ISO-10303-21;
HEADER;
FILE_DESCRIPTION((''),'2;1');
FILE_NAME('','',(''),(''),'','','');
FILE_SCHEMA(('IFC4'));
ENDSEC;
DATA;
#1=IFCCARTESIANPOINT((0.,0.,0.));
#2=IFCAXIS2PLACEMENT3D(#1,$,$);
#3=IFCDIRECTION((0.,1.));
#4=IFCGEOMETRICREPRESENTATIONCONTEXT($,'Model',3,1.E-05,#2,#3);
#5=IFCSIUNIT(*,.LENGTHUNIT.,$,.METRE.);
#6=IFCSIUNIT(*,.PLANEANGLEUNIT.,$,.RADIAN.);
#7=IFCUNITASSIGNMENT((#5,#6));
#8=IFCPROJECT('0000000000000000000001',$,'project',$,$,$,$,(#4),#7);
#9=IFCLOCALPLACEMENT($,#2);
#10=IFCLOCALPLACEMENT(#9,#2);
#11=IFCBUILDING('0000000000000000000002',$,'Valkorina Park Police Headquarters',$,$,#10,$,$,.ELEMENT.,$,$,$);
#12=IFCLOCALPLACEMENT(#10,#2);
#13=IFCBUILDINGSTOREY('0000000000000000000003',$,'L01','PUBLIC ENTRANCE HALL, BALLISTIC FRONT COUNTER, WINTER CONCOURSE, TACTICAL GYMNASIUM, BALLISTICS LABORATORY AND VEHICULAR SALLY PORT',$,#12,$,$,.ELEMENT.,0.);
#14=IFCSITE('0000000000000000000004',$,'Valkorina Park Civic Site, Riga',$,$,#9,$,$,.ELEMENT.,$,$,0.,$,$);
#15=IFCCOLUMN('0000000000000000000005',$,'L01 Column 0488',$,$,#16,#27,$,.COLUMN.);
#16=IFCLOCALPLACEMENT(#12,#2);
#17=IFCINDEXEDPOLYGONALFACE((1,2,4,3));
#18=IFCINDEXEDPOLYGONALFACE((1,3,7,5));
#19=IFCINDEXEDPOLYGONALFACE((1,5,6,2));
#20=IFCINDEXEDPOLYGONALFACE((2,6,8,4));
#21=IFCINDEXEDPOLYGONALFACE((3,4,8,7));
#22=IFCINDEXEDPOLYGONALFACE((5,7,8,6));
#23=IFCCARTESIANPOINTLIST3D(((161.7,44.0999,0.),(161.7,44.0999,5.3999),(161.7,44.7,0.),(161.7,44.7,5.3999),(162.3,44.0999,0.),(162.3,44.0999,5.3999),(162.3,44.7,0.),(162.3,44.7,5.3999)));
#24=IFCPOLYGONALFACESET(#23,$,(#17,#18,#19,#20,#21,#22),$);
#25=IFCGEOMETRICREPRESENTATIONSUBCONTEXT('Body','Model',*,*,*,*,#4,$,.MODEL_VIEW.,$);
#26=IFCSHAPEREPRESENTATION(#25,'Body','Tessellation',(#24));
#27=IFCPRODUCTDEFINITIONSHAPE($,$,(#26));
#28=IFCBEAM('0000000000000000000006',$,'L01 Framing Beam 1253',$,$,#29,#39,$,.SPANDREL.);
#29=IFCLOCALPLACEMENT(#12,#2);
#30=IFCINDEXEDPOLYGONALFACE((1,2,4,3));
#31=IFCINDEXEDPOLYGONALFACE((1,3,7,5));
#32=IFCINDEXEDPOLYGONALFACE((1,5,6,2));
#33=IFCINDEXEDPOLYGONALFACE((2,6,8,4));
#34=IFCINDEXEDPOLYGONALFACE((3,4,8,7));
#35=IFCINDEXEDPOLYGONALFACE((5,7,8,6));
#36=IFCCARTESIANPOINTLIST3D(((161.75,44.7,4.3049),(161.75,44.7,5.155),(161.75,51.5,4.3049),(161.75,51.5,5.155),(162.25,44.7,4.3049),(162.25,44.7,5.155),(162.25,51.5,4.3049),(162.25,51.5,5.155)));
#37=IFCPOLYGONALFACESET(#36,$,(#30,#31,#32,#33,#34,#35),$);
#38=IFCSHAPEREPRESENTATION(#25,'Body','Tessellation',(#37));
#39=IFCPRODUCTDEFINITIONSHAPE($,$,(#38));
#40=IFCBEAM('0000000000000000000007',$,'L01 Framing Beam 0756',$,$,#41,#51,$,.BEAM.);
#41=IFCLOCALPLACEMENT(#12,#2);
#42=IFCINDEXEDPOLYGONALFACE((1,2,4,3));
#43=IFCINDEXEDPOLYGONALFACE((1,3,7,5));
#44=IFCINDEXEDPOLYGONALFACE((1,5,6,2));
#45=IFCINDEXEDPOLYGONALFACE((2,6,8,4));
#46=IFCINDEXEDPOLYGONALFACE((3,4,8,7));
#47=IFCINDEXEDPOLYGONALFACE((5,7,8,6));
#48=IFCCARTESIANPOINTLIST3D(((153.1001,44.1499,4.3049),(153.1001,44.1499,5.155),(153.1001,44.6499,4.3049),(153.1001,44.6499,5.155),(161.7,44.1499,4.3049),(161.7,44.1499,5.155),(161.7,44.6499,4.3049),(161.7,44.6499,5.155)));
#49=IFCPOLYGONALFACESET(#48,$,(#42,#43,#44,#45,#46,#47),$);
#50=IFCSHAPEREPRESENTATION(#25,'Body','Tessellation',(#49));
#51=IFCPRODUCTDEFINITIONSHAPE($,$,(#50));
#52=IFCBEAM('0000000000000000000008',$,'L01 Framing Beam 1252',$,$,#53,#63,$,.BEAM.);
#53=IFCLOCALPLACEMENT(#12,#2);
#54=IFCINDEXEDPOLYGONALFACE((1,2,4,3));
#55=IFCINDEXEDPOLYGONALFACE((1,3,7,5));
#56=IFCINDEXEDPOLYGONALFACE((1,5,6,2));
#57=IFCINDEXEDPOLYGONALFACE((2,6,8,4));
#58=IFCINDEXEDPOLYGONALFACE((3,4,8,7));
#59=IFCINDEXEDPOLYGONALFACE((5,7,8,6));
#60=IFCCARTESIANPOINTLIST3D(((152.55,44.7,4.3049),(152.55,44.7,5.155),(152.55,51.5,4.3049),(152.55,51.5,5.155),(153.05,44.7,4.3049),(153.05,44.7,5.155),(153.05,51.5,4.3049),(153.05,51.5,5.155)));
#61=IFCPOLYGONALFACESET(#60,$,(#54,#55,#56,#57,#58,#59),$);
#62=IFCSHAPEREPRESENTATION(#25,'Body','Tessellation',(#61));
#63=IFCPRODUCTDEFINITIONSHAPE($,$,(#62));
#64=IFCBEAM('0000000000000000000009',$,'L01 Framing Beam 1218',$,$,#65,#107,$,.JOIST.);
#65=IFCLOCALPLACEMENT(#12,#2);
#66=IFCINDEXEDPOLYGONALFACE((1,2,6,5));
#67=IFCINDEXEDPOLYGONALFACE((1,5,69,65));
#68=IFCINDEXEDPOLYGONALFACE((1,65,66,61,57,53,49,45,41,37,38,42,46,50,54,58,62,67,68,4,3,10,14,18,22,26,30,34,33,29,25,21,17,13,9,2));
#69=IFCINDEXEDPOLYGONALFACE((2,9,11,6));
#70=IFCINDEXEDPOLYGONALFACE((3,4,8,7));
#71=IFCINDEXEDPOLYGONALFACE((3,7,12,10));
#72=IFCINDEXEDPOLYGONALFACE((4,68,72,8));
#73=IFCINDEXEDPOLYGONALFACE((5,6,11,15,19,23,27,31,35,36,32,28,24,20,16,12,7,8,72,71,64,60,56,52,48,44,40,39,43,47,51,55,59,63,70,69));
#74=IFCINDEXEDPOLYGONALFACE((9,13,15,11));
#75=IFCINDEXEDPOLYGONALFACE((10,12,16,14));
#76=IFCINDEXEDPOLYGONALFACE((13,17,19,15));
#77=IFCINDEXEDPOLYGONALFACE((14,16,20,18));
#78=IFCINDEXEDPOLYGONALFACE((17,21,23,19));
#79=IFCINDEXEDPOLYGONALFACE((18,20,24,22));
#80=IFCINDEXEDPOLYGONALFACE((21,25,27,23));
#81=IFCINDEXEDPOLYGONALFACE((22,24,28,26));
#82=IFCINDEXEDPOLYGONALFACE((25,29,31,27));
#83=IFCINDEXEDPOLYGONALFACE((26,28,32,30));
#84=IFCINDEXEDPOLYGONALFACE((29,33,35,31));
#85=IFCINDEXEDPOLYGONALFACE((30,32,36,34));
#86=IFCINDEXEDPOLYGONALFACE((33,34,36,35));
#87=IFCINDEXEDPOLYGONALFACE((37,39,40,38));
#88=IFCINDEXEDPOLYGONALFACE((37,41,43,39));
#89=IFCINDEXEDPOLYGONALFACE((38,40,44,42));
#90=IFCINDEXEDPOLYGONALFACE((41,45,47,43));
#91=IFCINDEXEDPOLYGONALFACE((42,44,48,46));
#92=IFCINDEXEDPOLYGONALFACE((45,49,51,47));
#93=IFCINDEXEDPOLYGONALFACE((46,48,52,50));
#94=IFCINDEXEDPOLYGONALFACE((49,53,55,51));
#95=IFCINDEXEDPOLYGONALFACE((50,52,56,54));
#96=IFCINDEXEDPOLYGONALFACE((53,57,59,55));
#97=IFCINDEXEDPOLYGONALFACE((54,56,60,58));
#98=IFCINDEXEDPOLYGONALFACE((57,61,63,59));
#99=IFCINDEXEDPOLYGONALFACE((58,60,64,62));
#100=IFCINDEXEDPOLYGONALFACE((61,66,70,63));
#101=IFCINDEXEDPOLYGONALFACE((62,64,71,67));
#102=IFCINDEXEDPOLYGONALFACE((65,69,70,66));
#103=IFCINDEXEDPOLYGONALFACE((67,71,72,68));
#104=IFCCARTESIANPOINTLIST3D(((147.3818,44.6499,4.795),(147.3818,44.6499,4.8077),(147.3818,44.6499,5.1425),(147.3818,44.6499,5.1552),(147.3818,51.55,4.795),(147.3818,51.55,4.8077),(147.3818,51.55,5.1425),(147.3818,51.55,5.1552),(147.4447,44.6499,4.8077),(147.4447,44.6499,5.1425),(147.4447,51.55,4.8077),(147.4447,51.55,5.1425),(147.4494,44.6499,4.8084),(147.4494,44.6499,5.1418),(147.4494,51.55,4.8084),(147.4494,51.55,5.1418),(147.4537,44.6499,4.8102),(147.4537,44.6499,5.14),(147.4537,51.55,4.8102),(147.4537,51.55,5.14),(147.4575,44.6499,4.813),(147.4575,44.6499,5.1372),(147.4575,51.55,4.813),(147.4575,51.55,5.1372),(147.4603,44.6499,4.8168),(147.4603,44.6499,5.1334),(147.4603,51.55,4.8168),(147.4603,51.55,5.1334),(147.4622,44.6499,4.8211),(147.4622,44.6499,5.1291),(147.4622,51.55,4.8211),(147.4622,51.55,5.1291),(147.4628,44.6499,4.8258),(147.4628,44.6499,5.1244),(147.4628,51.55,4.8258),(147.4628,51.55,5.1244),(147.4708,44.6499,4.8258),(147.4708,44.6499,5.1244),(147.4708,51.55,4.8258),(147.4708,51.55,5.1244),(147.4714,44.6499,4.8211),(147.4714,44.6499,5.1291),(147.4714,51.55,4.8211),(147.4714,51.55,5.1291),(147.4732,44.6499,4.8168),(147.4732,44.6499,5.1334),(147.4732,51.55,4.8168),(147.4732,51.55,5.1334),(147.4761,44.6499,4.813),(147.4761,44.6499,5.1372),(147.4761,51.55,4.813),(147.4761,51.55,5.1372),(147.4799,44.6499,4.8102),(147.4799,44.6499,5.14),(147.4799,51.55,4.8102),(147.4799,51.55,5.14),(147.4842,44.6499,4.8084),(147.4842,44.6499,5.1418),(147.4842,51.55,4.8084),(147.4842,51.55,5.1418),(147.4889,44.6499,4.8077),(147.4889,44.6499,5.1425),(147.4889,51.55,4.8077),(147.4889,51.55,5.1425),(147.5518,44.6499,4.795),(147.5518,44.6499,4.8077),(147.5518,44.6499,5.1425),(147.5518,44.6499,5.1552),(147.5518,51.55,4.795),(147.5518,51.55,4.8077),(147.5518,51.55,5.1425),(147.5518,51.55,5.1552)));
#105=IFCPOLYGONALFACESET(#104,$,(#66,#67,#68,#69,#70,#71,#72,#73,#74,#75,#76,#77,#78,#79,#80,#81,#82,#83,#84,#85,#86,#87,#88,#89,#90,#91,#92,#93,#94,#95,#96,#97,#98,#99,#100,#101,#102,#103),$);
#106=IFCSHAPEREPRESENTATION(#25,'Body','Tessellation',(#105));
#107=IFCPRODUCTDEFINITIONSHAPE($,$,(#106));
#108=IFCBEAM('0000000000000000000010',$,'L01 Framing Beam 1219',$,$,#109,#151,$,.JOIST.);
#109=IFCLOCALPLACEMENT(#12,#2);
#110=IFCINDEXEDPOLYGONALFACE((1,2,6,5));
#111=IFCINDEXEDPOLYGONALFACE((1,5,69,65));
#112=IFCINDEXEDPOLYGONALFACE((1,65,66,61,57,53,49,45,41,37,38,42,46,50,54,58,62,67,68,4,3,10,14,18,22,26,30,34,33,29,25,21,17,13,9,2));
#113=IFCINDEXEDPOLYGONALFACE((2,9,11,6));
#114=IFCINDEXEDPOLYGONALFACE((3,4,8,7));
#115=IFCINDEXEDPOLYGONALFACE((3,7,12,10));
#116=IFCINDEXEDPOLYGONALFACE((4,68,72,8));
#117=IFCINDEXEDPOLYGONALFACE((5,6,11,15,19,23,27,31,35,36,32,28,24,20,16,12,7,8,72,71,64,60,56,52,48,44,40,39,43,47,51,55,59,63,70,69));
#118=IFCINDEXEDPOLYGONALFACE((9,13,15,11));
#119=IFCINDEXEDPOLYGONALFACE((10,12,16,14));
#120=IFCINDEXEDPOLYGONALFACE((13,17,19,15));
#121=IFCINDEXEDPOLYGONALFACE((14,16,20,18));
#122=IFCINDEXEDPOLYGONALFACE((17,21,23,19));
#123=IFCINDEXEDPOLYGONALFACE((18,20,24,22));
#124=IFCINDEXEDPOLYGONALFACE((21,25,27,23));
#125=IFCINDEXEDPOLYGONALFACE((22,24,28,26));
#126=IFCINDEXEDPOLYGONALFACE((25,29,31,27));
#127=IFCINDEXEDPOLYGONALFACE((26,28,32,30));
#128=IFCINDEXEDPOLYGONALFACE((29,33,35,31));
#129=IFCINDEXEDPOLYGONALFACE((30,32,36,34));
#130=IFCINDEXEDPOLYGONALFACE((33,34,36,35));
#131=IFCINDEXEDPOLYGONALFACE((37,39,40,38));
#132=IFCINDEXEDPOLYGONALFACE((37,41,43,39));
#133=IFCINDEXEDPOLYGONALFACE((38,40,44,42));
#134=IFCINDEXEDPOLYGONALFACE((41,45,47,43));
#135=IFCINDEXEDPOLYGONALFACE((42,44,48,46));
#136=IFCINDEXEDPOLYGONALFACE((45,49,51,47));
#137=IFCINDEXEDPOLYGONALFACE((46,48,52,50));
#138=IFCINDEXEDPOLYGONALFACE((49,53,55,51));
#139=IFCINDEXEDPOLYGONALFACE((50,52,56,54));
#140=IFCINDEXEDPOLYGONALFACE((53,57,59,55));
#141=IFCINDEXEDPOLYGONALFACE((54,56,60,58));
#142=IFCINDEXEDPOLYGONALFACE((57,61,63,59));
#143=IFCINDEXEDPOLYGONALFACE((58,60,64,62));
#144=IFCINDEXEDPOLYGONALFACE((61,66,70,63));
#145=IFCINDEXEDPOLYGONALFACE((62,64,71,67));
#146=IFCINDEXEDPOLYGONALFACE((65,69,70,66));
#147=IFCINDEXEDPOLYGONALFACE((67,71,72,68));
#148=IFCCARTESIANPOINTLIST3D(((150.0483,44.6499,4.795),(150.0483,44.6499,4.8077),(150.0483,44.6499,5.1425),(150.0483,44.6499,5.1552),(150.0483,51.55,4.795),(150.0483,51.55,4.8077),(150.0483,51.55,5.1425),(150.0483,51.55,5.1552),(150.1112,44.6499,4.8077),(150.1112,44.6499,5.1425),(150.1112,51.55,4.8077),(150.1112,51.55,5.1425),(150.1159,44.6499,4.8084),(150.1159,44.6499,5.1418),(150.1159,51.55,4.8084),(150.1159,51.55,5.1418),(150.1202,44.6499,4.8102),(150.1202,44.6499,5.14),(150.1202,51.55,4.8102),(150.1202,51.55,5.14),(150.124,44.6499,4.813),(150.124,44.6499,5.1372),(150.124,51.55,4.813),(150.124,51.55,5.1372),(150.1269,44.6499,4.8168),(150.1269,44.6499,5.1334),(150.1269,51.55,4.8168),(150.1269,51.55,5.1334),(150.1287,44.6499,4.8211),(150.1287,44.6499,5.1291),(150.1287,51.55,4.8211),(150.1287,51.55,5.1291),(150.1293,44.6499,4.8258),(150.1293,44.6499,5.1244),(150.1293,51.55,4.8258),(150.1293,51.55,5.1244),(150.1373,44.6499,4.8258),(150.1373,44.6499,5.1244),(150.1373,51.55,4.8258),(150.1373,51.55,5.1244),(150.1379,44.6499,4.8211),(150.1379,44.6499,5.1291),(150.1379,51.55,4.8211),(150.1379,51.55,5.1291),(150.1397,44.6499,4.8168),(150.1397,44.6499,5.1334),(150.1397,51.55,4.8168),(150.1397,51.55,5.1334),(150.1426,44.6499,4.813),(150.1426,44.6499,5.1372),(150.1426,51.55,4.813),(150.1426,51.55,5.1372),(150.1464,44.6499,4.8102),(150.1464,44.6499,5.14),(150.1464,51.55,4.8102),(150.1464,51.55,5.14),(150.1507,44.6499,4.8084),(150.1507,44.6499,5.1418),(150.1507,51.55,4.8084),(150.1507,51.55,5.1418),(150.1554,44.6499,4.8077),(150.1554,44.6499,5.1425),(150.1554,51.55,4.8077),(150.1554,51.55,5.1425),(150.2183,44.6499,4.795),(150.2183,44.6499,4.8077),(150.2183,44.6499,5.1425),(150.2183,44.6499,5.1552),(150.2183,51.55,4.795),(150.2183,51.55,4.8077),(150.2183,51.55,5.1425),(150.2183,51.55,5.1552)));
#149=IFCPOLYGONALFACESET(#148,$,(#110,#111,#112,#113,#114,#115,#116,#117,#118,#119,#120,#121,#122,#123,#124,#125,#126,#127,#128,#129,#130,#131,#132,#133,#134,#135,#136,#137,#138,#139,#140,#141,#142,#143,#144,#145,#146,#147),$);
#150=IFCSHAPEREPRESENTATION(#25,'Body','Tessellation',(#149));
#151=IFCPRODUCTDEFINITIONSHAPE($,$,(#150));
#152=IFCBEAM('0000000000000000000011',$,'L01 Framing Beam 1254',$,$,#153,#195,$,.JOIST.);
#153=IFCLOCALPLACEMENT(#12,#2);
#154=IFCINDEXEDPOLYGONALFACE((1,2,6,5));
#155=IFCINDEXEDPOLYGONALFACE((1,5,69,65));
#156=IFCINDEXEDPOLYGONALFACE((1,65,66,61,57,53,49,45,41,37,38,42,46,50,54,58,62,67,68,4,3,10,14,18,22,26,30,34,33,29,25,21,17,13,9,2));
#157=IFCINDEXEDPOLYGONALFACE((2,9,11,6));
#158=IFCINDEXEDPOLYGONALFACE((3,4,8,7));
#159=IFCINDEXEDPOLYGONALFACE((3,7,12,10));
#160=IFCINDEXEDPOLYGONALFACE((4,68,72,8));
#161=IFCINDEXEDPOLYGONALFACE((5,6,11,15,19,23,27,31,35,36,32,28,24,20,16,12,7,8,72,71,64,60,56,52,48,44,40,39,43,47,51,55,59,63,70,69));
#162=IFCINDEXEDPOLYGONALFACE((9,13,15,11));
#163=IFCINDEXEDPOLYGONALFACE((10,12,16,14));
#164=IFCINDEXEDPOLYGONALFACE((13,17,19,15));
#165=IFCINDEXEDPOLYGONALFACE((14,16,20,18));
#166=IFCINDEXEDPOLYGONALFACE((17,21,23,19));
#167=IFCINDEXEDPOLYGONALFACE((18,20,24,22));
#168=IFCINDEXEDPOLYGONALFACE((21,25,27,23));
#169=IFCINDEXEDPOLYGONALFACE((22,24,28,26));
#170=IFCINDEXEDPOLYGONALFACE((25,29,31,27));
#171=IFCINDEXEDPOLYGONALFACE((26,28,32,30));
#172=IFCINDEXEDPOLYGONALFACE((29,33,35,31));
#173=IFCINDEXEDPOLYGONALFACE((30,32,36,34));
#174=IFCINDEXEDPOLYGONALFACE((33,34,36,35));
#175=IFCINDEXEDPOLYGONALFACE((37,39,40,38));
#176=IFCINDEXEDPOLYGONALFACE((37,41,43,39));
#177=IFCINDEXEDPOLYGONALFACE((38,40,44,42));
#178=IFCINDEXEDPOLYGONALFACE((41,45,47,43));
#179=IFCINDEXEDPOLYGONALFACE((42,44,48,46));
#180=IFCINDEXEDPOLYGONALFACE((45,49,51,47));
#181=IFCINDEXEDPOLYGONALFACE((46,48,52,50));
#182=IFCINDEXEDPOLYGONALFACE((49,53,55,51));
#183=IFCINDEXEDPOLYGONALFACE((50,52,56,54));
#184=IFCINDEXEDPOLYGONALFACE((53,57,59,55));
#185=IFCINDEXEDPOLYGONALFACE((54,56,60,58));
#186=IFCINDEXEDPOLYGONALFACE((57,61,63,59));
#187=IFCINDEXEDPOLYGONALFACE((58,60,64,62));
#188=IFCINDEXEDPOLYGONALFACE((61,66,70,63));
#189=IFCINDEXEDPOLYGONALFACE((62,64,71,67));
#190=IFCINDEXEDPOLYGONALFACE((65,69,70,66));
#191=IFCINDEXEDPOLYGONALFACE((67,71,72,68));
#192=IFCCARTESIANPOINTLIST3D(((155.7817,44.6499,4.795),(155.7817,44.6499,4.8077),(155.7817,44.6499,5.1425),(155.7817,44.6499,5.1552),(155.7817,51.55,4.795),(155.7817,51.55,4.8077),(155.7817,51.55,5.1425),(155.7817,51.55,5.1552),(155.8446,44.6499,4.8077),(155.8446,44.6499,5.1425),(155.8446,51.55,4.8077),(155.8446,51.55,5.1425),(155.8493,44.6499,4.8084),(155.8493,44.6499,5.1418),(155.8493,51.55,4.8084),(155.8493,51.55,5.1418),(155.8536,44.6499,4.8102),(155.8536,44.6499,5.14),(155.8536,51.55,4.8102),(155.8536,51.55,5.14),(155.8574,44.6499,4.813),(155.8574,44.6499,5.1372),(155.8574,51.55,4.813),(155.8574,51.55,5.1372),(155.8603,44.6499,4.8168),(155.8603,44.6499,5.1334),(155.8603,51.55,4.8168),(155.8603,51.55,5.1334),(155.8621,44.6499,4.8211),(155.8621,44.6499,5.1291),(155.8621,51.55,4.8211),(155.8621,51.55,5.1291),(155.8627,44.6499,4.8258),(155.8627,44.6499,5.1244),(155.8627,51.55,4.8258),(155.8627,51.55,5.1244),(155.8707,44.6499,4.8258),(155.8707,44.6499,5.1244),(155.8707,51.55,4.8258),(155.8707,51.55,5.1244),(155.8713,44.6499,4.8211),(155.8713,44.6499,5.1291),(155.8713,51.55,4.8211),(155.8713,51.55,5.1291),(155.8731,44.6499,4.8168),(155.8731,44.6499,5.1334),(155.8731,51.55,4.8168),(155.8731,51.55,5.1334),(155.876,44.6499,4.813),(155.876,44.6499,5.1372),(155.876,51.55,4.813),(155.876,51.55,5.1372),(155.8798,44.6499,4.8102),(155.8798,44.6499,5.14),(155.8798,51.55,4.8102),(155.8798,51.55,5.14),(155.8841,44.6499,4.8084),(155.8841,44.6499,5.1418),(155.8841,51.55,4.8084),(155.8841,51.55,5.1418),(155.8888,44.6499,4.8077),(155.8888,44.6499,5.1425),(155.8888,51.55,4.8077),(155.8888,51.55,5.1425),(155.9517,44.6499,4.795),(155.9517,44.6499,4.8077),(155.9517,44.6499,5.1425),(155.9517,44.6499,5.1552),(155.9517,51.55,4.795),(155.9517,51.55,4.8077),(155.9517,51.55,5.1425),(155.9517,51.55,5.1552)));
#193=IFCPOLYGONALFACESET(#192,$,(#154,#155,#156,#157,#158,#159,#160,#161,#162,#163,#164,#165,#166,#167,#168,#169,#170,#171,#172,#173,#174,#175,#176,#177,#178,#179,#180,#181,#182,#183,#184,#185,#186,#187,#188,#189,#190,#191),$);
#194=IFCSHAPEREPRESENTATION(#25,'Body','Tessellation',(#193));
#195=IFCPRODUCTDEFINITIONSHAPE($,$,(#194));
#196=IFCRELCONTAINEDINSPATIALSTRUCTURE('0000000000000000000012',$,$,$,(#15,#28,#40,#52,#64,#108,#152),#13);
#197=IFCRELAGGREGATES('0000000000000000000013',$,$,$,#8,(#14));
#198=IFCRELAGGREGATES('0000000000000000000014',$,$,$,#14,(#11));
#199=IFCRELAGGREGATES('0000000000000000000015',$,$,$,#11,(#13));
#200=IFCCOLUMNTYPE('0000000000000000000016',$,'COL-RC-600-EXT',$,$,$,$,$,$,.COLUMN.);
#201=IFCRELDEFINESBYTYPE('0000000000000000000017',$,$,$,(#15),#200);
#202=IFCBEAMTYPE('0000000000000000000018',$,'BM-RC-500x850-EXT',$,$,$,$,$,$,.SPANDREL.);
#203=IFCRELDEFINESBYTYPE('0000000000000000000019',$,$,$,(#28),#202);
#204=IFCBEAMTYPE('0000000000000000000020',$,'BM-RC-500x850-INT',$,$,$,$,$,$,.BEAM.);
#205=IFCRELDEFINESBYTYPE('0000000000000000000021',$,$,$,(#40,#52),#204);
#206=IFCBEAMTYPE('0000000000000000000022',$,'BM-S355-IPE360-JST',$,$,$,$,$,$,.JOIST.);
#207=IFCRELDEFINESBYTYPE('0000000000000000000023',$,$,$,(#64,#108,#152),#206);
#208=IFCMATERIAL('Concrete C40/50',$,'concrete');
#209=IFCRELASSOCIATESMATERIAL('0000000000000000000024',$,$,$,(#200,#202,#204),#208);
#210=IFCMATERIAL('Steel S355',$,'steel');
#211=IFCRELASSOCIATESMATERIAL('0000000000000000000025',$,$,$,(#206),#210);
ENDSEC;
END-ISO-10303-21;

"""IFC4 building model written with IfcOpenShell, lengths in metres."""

from ifc_helpers import new_model, si_unit, direction, frame, origin, origin_2d, place, context, subcontext, project, spatial, rectangle, i_section, extrude, material, material_profile, profile_set, type_object, element, save


model = new_model("IFC4")

# Units and contexts
model_context = context("Model", 3, precision=1e-05, world=origin(), true_north=direction((0.0, 1.0)))
body_context = subcontext(model_context, "Body", "Model", "MODEL_VIEW")
ifc_project = project(units=[si_unit("LENGTHUNIT", "METRE"), si_unit("PLANEANGLEUNIT", "RADIAN")], contexts=[model_context])

# Site, building, storey
site_placement = place(None, origin())
site = spatial("IfcSite", under=ifc_project, at=site_placement, Name="Valkorina Park Civic Site, Riga", CompositionType="ELEMENT", RefElevation=0.0)
building_placement = place(site_placement, origin())
building = spatial("IfcBuilding", under=site, at=building_placement, Name="Valkorina Park Police Headquarters", CompositionType="ELEMENT")
storey_placement = place(building_placement, origin())
storey = spatial("IfcBuildingStorey", under=building, at=storey_placement, Name="L01", Description="PUBLIC ENTRANCE HALL, BALLISTIC FRONT COUNTER, WINTER CONCOURSE, TACTICAL GYMNASIUM, BALLISTICS LABORATORY AND VEHICULAR SALLY PORT", CompositionType="ELEMENT", Elevation=0.0)

# Column
ifc_material_1 = material(Name="Concrete C40/50", Category="concrete")
ifc_material_profile_1 = material_profile(ifc_material_1, rectangle(XDim=0.6001, YDim=0.6001, at=origin_2d()), Name="RC COL 600x600")
ifc_profile_set_1 = profile_set([ifc_material_profile_1], Name="Concrete C40/50")
column_type = type_object("IfcColumnType", Name="COL-RC-600-EXT", PredefinedType="COLUMN", material=ifc_profile_set_1)
column_placement = place(storey_placement, frame((162.0, 44.3999, 0.0), z_axis=(0.0, 0.0, 1.0), x_axis=(1.0, 0.0, 0.0)))
element("IfcColumn", 1, at=column_placement, inside=storey, type_object=column_type, Name="L01 Column 0488", PredefinedType="COLUMN", context=body_context, shape_type="SweptSolid", body=[
    extrude(rectangle(XDim=0.6001, YDim=0.6001, at=origin_2d()), origin(), (0.0, 0.0, 1.0), 5.3999),
])

# Beams
ifc_material_profile_2 = material_profile(ifc_material_1, rectangle(XDim=0.5, YDim=0.8501, at=origin_2d()), Name="RC BEAM 500x850")
ifc_profile_set_2 = profile_set([ifc_material_profile_2], Name="Concrete C40/50")
beam_type_1 = type_object("IfcBeamType", Name="BM-RC-500x850-EXT", PredefinedType="SPANDREL", material=ifc_profile_set_2)
beam_1_placement = place(storey_placement, frame((162.0, 44.7, 4.73), z_axis=(0.0, 1.0, 0.0), x_axis=(-1.0, 0.0, 0.0)))
element("IfcBeam", 2, at=beam_1_placement, inside=storey, type_object=beam_type_1, Name="L01 Framing Beam 1253", PredefinedType="SPANDREL", context=body_context, shape_type="SweptSolid", body=[
    extrude(rectangle(XDim=0.5, YDim=0.8501, at=origin_2d()), origin(), (0.0, 0.0, 1.0), 6.8),
])
ifc_material_profile_3 = material_profile(ifc_material_1, rectangle(XDim=0.5, YDim=0.8501, at=origin_2d()), Name="RC BEAM 500x850")
ifc_profile_set_3 = profile_set([ifc_material_profile_3], Name="Concrete C40/50")
beam_type_2 = type_object("IfcBeamType", Name="BM-RC-500x850-INT", PredefinedType="BEAM", material=ifc_profile_set_3)
beam_2_placement = place(storey_placement, frame((153.1001, 44.3999, 4.73), z_axis=(1.0, 0.0, 0.0), x_axis=(0.0, 1.0, 0.0)))
element("IfcBeam", 3, at=beam_2_placement, inside=storey, type_object=beam_type_2, Name="L01 Framing Beam 0756", PredefinedType="BEAM", context=body_context, shape_type="SweptSolid", body=[
    extrude(rectangle(XDim=0.5, YDim=0.8501, at=origin_2d()), origin(), (0.0, 0.0, 1.0), 8.5999),
])
beam_3_placement = place(storey_placement, frame((152.8, 44.7, 4.73), z_axis=(0.0, 1.0, 0.0), x_axis=(-1.0, 0.0, 0.0)))
element("IfcBeam", 4, at=beam_3_placement, inside=storey, type_object=beam_type_2, Name="L01 Framing Beam 1252", PredefinedType="BEAM", context=body_context, shape_type="SweptSolid", body=[
    extrude(rectangle(XDim=0.5, YDim=0.8501, at=origin_2d()), origin(), (0.0, 0.0, 1.0), 6.8),
])
ifc_material_2 = material(Name="Steel S355", Category="steel")
ifc_material_profile_4 = material_profile(ifc_material_2, i_section(OverallWidth=0.1699, OverallDepth=0.3601, WebThickness=0.0081, FlangeThickness=0.0127, FilletRadius=0.0181, at=origin_2d()), Name="IPE 360")
ifc_profile_set_4 = profile_set([ifc_material_profile_4], Name="Steel S355")
beam_type_3 = type_object("IfcBeamType", Name="BM-S355-IPE360-JST", PredefinedType="JOIST", material=ifc_profile_set_4)
for number, where, z_axis, x_axis, name in (
    (5, (147.4668, 44.6499, 4.9751), (0.0, 1.0, 0.0), (-1.0, 0.0, 0.0), "L01 Framing Beam 1218"),
    (6, (150.1333, 44.6499, 4.9751), (0.0, 1.0, 0.0), (-1.0, 0.0, 0.0), "L01 Framing Beam 1219"),
    (7, (155.8667, 44.6499, 4.9751), (0.0, 1.0, 0.0), (-1.0, 0.0, 0.0), "L01 Framing Beam 1254"),
):
    element("IfcBeam", number, at=place(storey_placement, frame(where, z_axis=z_axis, x_axis=x_axis)), inside=storey, type_object=beam_type_3, Name=name, PredefinedType="JOIST", context=body_context, shape_type="SweptSolid", body=[
        extrude(i_section(OverallWidth=0.1699, OverallDepth=0.3601, WebThickness=0.0081, FlangeThickness=0.0127, FilletRadius=0.0181, at=origin_2d()), origin(), (0.0, 0.0, 1.0), 6.9001),
    ])

save(model, "model.ifc")
